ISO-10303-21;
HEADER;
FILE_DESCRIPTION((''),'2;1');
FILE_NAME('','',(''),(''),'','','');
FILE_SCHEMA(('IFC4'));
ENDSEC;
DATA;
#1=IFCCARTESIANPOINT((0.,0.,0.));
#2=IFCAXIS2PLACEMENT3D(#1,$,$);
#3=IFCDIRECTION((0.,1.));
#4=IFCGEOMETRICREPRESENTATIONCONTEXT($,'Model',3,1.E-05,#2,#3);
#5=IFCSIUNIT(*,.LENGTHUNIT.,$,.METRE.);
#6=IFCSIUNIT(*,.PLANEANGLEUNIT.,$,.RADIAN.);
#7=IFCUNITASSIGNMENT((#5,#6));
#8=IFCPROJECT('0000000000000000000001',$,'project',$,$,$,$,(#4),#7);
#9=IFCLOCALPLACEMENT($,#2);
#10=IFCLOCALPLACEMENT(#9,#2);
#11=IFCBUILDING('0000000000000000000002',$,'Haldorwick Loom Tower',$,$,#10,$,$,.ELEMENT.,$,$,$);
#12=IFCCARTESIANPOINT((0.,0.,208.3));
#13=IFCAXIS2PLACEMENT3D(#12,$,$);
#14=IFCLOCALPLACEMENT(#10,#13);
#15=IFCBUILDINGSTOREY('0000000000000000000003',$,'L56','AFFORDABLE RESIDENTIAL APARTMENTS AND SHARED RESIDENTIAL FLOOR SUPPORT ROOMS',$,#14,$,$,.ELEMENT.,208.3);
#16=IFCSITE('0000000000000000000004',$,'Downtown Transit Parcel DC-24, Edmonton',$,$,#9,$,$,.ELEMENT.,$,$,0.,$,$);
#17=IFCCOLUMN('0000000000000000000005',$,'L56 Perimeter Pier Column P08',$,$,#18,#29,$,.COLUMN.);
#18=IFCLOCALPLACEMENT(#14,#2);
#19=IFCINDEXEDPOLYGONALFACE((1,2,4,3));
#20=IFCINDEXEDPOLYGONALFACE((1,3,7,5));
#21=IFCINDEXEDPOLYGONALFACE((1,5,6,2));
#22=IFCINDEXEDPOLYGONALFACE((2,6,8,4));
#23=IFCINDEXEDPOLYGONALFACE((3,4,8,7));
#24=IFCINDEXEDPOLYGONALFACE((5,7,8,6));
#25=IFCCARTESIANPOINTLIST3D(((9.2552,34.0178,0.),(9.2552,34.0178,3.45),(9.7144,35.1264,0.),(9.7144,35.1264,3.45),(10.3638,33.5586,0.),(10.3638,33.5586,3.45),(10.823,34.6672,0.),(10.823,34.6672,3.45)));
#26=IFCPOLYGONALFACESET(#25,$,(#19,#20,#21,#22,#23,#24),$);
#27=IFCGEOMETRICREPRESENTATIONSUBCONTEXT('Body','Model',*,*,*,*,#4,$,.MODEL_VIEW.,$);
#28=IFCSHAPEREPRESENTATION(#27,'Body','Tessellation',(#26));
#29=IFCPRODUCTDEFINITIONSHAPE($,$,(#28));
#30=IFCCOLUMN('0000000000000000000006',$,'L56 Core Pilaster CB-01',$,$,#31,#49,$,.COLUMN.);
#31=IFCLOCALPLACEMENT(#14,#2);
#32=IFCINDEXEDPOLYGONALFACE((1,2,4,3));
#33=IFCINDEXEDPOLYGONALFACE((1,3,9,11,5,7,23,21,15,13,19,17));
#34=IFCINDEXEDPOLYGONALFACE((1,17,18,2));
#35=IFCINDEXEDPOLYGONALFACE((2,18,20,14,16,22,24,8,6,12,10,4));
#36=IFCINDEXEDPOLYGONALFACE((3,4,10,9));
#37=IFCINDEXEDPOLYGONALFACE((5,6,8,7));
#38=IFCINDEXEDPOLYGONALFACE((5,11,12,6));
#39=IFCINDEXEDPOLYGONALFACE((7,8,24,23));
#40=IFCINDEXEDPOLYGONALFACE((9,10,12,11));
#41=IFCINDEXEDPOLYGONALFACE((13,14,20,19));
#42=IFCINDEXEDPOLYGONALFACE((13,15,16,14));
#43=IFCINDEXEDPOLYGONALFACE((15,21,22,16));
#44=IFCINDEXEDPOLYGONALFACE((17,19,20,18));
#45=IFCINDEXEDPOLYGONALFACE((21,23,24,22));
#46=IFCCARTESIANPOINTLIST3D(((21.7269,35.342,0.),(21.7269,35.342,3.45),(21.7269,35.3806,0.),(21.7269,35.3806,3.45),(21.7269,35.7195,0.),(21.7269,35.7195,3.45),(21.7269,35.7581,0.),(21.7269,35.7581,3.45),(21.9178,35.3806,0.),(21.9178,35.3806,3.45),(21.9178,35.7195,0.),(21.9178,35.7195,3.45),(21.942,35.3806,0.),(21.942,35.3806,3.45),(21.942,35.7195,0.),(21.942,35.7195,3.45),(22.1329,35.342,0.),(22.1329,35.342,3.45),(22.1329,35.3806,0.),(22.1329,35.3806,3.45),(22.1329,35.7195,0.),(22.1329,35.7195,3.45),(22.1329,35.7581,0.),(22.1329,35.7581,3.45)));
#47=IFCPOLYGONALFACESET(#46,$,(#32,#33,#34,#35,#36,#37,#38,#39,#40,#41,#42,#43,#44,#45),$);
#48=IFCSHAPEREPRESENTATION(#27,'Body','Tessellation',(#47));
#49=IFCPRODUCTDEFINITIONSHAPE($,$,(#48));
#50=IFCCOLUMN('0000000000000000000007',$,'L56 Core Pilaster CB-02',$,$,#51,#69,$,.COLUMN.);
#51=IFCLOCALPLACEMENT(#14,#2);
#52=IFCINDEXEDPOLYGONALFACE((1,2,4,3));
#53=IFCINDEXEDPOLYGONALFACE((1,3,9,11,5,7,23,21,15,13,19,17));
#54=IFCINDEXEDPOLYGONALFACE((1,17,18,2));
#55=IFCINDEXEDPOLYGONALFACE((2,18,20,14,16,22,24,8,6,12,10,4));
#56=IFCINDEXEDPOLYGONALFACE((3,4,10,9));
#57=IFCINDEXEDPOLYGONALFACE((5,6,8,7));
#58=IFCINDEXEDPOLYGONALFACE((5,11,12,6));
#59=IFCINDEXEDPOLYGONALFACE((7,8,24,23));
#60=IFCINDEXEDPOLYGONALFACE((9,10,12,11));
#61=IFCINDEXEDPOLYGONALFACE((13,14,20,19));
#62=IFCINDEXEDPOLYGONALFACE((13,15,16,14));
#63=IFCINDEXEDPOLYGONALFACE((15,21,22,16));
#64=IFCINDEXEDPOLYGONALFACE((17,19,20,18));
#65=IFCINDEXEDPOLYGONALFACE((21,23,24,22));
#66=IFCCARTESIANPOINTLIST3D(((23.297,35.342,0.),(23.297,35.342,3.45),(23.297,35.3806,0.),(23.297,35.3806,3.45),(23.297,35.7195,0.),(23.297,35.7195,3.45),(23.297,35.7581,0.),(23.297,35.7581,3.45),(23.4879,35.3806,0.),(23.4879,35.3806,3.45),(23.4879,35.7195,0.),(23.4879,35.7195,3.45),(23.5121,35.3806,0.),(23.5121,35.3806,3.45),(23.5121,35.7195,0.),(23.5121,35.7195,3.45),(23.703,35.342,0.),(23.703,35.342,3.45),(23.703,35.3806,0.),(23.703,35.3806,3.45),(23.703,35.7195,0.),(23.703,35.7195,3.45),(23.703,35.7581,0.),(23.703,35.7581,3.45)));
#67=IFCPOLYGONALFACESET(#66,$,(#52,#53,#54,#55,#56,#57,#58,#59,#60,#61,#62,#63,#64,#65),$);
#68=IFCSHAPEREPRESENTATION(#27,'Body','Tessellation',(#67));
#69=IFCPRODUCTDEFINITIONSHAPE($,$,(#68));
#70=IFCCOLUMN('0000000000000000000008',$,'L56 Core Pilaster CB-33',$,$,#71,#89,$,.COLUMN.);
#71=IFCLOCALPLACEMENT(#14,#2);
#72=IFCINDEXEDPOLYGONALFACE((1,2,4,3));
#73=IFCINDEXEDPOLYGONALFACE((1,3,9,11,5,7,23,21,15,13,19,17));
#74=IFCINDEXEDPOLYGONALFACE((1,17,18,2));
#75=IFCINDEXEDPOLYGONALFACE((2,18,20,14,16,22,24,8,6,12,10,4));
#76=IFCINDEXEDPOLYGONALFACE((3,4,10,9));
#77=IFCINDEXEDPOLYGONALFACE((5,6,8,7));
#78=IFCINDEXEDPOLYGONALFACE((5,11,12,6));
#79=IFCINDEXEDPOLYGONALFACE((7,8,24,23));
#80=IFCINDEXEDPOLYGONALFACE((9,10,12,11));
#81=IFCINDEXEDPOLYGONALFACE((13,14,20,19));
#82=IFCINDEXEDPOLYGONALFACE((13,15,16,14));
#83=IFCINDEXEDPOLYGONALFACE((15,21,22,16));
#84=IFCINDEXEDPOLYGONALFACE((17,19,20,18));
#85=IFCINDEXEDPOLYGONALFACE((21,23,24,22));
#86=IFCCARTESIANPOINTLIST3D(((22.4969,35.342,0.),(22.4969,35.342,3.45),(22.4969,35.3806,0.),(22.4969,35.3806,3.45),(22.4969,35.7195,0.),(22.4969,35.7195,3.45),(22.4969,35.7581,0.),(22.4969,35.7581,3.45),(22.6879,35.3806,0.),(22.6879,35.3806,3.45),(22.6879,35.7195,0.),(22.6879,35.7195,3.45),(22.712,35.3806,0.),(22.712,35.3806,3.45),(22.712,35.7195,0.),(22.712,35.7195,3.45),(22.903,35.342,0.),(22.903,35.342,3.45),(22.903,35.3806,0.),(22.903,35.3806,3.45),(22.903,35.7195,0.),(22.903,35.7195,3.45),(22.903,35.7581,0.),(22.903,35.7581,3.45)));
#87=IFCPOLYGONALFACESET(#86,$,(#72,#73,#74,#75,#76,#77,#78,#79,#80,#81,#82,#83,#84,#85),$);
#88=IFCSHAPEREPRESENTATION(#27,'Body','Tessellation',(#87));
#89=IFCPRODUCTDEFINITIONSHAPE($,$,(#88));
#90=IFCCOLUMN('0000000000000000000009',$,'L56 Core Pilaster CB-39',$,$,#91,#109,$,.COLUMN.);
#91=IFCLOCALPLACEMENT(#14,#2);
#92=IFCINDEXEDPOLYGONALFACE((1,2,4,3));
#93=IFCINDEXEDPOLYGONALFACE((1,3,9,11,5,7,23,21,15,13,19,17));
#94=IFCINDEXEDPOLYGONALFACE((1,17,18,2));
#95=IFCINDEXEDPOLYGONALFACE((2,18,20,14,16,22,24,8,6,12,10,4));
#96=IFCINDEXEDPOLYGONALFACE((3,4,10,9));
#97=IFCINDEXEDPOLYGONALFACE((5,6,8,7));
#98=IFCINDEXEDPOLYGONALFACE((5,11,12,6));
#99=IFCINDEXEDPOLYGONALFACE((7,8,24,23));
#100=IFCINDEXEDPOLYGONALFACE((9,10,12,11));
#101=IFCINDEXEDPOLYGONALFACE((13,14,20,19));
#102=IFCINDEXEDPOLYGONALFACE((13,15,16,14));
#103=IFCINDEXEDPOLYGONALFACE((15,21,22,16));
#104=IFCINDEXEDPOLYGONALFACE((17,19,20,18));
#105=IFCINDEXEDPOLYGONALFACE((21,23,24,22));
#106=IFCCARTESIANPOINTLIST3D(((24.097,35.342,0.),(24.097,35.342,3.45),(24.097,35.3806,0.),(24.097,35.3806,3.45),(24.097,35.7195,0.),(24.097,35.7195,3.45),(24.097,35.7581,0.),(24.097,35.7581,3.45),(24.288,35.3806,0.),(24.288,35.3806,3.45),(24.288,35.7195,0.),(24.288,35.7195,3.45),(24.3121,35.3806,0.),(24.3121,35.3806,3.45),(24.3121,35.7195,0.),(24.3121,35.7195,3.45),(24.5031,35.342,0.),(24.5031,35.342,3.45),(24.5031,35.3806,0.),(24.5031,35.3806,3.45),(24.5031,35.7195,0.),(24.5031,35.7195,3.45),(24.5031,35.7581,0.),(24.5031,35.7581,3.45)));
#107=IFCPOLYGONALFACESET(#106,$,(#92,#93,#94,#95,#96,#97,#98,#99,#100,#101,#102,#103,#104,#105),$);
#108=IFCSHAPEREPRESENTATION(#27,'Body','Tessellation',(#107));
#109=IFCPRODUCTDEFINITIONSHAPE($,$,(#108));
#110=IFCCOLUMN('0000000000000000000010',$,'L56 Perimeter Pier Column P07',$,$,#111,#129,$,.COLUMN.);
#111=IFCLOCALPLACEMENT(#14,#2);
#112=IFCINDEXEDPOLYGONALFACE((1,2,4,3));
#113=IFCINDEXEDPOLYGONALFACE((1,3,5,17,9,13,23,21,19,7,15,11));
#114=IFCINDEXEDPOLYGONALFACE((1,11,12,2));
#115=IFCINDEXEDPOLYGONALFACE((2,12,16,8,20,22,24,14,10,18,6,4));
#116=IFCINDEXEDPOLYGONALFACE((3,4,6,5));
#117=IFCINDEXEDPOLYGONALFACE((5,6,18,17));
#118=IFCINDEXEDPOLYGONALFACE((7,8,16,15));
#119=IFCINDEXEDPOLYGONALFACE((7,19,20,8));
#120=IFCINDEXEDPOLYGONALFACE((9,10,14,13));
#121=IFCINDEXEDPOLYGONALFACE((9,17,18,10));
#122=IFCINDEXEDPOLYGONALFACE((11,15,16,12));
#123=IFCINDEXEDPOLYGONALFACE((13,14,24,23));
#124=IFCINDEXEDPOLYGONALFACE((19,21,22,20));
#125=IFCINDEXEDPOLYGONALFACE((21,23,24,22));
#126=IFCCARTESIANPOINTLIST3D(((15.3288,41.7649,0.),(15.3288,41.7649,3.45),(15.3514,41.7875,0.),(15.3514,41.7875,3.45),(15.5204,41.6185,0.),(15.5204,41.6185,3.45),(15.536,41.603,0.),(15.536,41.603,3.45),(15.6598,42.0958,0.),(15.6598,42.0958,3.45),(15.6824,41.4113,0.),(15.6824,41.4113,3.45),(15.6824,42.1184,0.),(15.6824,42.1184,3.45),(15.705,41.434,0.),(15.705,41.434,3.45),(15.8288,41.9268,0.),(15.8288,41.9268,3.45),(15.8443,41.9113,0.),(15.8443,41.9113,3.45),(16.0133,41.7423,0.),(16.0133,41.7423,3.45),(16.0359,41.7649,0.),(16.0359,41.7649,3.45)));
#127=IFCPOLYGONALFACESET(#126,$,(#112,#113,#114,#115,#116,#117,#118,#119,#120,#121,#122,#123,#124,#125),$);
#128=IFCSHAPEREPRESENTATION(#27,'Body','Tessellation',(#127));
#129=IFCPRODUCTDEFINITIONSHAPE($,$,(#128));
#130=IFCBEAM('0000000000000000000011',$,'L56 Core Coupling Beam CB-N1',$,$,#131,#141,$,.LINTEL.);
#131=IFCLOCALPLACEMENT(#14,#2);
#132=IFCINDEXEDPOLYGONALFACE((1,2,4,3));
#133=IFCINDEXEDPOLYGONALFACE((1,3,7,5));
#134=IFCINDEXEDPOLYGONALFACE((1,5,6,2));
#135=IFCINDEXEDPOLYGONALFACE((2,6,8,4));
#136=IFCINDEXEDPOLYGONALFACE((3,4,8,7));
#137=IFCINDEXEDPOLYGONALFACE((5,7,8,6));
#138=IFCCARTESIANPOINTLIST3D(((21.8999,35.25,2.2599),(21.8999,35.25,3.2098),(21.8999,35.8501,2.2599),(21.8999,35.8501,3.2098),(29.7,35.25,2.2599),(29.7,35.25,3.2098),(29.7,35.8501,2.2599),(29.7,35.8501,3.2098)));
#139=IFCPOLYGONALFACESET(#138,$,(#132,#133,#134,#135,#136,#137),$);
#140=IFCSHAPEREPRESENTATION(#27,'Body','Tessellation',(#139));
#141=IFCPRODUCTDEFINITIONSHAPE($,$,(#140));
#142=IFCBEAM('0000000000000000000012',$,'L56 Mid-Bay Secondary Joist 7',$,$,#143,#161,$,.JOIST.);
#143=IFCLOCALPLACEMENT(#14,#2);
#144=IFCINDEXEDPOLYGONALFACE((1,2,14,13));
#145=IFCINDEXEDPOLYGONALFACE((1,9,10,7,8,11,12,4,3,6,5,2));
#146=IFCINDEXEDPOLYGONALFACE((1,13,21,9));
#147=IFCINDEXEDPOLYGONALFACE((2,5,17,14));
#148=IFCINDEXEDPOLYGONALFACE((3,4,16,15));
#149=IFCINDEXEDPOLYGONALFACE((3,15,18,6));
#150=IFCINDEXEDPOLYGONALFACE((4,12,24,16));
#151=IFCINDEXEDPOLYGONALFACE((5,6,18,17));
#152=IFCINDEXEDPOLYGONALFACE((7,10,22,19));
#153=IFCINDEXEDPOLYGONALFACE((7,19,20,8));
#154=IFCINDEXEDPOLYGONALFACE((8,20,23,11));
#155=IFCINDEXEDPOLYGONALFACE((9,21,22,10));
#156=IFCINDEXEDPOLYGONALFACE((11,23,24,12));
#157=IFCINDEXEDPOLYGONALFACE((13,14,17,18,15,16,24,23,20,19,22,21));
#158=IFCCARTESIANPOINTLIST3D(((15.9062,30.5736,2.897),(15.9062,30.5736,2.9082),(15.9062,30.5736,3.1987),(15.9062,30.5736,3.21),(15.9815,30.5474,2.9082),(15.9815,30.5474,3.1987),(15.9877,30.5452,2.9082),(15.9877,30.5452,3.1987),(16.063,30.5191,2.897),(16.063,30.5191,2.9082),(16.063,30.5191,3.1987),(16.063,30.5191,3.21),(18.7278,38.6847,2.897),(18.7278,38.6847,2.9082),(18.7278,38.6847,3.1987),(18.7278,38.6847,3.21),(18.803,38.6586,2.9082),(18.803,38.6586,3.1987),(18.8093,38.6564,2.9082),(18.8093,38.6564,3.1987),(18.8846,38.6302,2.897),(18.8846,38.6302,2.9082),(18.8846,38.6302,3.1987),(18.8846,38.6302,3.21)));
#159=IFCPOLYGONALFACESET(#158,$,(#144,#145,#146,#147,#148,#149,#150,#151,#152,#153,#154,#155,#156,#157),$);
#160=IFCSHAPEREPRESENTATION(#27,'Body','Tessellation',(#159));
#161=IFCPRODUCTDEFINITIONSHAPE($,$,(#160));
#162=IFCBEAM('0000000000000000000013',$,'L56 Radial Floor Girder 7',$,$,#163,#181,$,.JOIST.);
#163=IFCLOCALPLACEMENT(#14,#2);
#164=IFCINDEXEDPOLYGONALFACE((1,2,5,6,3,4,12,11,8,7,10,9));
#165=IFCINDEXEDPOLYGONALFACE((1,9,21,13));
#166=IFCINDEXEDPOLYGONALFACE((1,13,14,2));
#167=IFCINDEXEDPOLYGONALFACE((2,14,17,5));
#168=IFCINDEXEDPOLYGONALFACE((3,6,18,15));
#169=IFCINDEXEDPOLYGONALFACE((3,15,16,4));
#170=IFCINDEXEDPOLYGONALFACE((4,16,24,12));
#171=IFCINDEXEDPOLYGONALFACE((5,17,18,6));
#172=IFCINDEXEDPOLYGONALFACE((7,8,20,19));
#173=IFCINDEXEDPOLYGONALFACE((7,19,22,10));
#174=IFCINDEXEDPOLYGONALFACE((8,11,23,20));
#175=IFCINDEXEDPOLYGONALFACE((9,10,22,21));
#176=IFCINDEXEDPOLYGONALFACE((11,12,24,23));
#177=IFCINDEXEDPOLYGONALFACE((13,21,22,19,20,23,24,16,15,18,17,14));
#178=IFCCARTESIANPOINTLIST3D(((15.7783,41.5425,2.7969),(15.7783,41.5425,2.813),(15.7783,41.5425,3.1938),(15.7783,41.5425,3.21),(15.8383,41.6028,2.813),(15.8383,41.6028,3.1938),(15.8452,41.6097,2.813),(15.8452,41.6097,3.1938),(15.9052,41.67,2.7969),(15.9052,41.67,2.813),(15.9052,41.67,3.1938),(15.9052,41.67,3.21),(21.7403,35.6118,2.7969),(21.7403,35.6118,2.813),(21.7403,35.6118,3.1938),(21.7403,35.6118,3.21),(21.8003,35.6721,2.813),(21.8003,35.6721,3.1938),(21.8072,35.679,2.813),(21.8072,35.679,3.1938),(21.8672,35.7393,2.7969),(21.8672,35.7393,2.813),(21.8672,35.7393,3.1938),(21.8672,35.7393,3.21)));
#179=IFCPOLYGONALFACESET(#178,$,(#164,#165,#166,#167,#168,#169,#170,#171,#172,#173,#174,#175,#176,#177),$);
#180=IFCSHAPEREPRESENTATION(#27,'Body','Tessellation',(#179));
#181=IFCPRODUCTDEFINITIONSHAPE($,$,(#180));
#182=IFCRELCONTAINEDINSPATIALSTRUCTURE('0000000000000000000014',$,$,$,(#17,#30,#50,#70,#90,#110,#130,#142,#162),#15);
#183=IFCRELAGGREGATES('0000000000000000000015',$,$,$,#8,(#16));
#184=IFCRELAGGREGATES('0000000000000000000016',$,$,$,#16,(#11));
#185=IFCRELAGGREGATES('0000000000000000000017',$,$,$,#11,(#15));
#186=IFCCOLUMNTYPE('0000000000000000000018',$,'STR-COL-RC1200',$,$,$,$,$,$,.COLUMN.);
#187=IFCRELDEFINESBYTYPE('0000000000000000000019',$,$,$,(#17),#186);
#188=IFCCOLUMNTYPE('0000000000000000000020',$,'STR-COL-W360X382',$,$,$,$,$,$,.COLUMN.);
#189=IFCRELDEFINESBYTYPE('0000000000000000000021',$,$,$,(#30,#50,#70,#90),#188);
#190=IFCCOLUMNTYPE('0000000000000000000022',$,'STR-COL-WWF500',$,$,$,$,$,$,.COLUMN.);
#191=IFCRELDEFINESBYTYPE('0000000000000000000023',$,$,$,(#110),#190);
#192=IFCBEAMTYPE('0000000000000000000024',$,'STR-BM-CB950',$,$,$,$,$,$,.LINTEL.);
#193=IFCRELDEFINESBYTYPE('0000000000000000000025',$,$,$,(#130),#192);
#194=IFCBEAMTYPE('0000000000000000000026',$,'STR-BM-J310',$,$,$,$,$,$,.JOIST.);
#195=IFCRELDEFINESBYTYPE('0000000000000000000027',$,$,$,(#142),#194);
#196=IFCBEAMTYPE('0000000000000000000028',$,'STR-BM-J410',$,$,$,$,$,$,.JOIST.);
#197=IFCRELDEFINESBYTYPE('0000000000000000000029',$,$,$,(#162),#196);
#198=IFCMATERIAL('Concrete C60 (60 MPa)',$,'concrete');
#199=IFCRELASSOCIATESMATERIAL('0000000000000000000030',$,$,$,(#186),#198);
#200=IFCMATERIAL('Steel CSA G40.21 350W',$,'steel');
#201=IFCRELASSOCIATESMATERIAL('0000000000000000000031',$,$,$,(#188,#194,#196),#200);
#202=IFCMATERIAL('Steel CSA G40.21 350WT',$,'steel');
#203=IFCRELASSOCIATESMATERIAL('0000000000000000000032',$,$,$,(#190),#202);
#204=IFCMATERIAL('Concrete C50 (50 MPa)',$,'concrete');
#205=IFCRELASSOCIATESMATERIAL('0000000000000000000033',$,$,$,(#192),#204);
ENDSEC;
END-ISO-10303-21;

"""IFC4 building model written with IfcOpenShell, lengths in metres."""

from ifc_helpers import new_model, si_unit, direction, frame, origin, origin_2d, place, context, subcontext, project, spatial, rectangle, i_section, extrude, material, material_profile, profile_set, type_object, element, save


model = new_model("IFC4")

# Units and contexts
model_context = context("Model", 3, precision=1e-05, world=origin(), true_north=direction((0.0, 1.0)))
body_context = subcontext(model_context, "Body", "Model", "MODEL_VIEW")
ifc_project = project(units=[si_unit("LENGTHUNIT", "METRE"), si_unit("PLANEANGLEUNIT", "RADIAN")], contexts=[model_context])

# Site, building, storey
site_placement = place(None, origin())
site = spatial("IfcSite", under=ifc_project, at=site_placement, Name="Downtown Transit Parcel DC-24, Edmonton", CompositionType="ELEMENT", RefElevation=0.0)
building_placement = place(site_placement, origin())
building = spatial("IfcBuilding", under=site, at=building_placement, Name="Haldorwick Loom Tower", CompositionType="ELEMENT")
storey_placement = place(building_placement, frame((0.0, 0.0, 208.3)))
storey = spatial("IfcBuildingStorey", under=building, at=storey_placement, Name="L56", Description="AFFORDABLE RESIDENTIAL APARTMENTS AND SHARED RESIDENTIAL FLOOR SUPPORT ROOMS", CompositionType="ELEMENT", Elevation=208.3)

# Columns
ifc_material_1 = material(Name="Concrete C60 (60 MPa)", Category="concrete")
ifc_material_profile_1 = material_profile(ifc_material_1, rectangle(XDim=1.2, YDim=1.2, at=origin_2d()), Name="RC1200X1200", Category="concrete")
ifc_profile_set_1 = profile_set([ifc_material_profile_1], Name="Concrete C60 (60 MPa)")
column_type_1 = type_object("IfcColumnType", Name="STR-COL-RC1200", PredefinedType="COLUMN", material=ifc_profile_set_1)
column_1_placement = place(storey_placement, frame((10.0391, 34.3425, 0.0), z_axis=(0.0, 0.0, 1.0), x_axis=(-0.92388, 0.382683, 0.0)))
element("IfcColumn", 1, at=column_1_placement, inside=storey, type_object=column_type_1, Name="L56 Perimeter Pier Column P08", PredefinedType="COLUMN", context=body_context, shape_type="SweptSolid", body=[
    extrude(rectangle(XDim=1.2, YDim=1.2, at=origin_2d()), origin(), (0.0, 0.0, 1.0), 3.45),
])
ifc_material_2 = material(Name="Steel CSA G40.21 350W", Category="steel")
ifc_material_profile_2 = material_profile(ifc_material_2, i_section(OverallWidth=0.406, OverallDepth=0.416, WebThickness=0.0242, FlangeThickness=0.0386, at=origin_2d()), Name="W360X382", Category="steel")
ifc_profile_set_2 = profile_set([ifc_material_profile_2], Name="Steel CSA G40.21 350W")
column_type_2 = type_object("IfcColumnType", Name="STR-COL-W360X382", PredefinedType="COLUMN", material=ifc_profile_set_2)
for number, where, z_axis, x_axis, name in (
    (2, (21.9299, 35.55, 0.0), (0.0, 0.0, 1.0), (1.0, 0.0, 0.0), "L56 Core Pilaster CB-01"),
    (3, (23.5, 35.55, 0.0), (0.0, 0.0, 1.0), (1.0, 0.0, 0.0), "L56 Core Pilaster CB-02"),
    (4, (22.7, 35.55, 0.0), (0.0, 0.0, 1.0), (1.0, 0.0, 0.0), "L56 Core Pilaster CB-33"),
    (5, (24.3, 35.55, 0.0), (0.0, 0.0, 1.0), (1.0, 0.0, 0.0), "L56 Core Pilaster CB-39"),
):
    element("IfcColumn", number, at=place(storey_placement, frame(where, z_axis=z_axis, x_axis=x_axis)), inside=storey, type_object=column_type_2, Name=name, PredefinedType="COLUMN", context=body_context, shape_type="SweptSolid", body=[
        extrude(i_section(OverallWidth=0.406, OverallDepth=0.416, WebThickness=0.0242, FlangeThickness=0.0386, at=origin_2d()), origin(), (0.0, 0.0, 1.0), 3.45),
    ])
ifc_material_3 = material(Name="Steel CSA G40.21 350WT", Category="steel")
ifc_material_profile_3 = material_profile(ifc_material_3, i_section(OverallWidth=0.5, OverallDepth=0.5, WebThickness=0.022, FlangeThickness=0.032, at=origin_2d()), Name="WWF500X500", Category="steel")
ifc_profile_set_3 = profile_set([ifc_material_profile_3], Name="Steel CSA G40.21 350WT")
column_type_3 = type_object("IfcColumnType", Name="STR-COL-WWF500", PredefinedType="COLUMN", material=ifc_profile_set_3)
column_2_placement = place(storey_placement, frame((15.6824, 41.7649, 0.0), z_axis=(0.0, 0.0, 1.0), x_axis=(-0.707107, 0.707107, 0.0)))
element("IfcColumn", 6, at=column_2_placement, inside=storey, type_object=column_type_3, Name="L56 Perimeter Pier Column P07", PredefinedType="COLUMN", context=body_context, shape_type="SweptSolid", body=[
    extrude(i_section(OverallWidth=0.5, OverallDepth=0.5, WebThickness=0.022, FlangeThickness=0.032, at=origin_2d()), origin(), (0.0, 0.0, 1.0), 3.45),
])

# Beams
ifc_material_4 = material(Name="Concrete C50 (50 MPa)", Category="concrete")
ifc_material_profile_4 = material_profile(ifc_material_4, rectangle(XDim=0.6001, YDim=0.95, at=origin_2d()), Name="RC600X950", Category="concrete")
ifc_profile_set_4 = profile_set([ifc_material_profile_4], Name="Concrete C50 (50 MPa)")
beam_type_1 = type_object("IfcBeamType", Name="STR-BM-CB950", PredefinedType="LINTEL", material=ifc_profile_set_4)
beam_1_placement = place(storey_placement, frame((21.8999, 35.55, 2.7349), z_axis=(1.0, 0.0, 0.0), x_axis=(0.0, 1.0, 0.0)))
element("IfcBeam", 7, at=beam_1_placement, inside=storey, type_object=beam_type_1, Name="L56 Core Coupling Beam CB-N1", PredefinedType="LINTEL", context=body_context, shape_type="SweptSolid", body=[
    extrude(rectangle(XDim=0.6001, YDim=0.95, at=origin_2d()), origin(), (0.0, 0.0, 1.0), 7.8),
])
ifc_material_profile_5 = material_profile(ifc_material_2, i_section(OverallWidth=0.166, OverallDepth=0.313, WebThickness=0.0066, FlangeThickness=0.0112, at=origin_2d()), Name="W310X45", Category="steel")
ifc_profile_set_5 = profile_set([ifc_material_profile_5], Name="Steel CSA G40.21 350W")
beam_type_2 = type_object("IfcBeamType", Name="STR-BM-J310", PredefinedType="JOIST", material=ifc_profile_set_5)
beam_2_placement = place(storey_placement, frame((18.8062, 38.6575, 3.0535), z_axis=(-0.32855, -0.944486, 0.0), x_axis=(0.944486, -0.32855, 0.0)))
element("IfcBeam", 8, at=beam_2_placement, inside=storey, type_object=beam_type_2, Name="L56 Mid-Bay Secondary Joist 7", PredefinedType="JOIST", context=body_context, shape_type="SweptSolid", body=[
    extrude(i_section(OverallWidth=0.166, OverallDepth=0.313, WebThickness=0.0066, FlangeThickness=0.0112, at=origin_2d()), origin(), (0.0, 0.0, 1.0), 8.5879),
])
ifc_material_profile_6 = material_profile(ifc_material_2, i_section(OverallWidth=0.1799, OverallDepth=0.4131, WebThickness=0.0098, FlangeThickness=0.0161, at=origin_2d()), Name="W410X74", Category="steel")
ifc_profile_set_6 = profile_set([ifc_material_profile_6], Name="Steel CSA G40.21 350W")
beam_type_3 = type_object("IfcBeamType", Name="STR-BM-J410", PredefinedType="JOIST", material=ifc_profile_set_6)
beam_3_placement = place(storey_placement, frame((21.8037, 35.6755, 3.0034), z_axis=(-0.708962, 0.705246, 0.0), x_axis=(-0.705246, -0.708962, 0.0)))
element("IfcBeam", 9, at=beam_3_placement, inside=storey, type_object=beam_type_3, Name="L56 Radial Floor Girder 7", PredefinedType="JOIST", context=body_context, shape_type="SweptSolid", body=[
    extrude(i_section(OverallWidth=0.1799, OverallDepth=0.4131, WebThickness=0.0098, FlangeThickness=0.0161, at=origin_2d()), origin(), (0.0, 0.0, 1.0), 8.4094),
])

save(model, "model.ifc")
